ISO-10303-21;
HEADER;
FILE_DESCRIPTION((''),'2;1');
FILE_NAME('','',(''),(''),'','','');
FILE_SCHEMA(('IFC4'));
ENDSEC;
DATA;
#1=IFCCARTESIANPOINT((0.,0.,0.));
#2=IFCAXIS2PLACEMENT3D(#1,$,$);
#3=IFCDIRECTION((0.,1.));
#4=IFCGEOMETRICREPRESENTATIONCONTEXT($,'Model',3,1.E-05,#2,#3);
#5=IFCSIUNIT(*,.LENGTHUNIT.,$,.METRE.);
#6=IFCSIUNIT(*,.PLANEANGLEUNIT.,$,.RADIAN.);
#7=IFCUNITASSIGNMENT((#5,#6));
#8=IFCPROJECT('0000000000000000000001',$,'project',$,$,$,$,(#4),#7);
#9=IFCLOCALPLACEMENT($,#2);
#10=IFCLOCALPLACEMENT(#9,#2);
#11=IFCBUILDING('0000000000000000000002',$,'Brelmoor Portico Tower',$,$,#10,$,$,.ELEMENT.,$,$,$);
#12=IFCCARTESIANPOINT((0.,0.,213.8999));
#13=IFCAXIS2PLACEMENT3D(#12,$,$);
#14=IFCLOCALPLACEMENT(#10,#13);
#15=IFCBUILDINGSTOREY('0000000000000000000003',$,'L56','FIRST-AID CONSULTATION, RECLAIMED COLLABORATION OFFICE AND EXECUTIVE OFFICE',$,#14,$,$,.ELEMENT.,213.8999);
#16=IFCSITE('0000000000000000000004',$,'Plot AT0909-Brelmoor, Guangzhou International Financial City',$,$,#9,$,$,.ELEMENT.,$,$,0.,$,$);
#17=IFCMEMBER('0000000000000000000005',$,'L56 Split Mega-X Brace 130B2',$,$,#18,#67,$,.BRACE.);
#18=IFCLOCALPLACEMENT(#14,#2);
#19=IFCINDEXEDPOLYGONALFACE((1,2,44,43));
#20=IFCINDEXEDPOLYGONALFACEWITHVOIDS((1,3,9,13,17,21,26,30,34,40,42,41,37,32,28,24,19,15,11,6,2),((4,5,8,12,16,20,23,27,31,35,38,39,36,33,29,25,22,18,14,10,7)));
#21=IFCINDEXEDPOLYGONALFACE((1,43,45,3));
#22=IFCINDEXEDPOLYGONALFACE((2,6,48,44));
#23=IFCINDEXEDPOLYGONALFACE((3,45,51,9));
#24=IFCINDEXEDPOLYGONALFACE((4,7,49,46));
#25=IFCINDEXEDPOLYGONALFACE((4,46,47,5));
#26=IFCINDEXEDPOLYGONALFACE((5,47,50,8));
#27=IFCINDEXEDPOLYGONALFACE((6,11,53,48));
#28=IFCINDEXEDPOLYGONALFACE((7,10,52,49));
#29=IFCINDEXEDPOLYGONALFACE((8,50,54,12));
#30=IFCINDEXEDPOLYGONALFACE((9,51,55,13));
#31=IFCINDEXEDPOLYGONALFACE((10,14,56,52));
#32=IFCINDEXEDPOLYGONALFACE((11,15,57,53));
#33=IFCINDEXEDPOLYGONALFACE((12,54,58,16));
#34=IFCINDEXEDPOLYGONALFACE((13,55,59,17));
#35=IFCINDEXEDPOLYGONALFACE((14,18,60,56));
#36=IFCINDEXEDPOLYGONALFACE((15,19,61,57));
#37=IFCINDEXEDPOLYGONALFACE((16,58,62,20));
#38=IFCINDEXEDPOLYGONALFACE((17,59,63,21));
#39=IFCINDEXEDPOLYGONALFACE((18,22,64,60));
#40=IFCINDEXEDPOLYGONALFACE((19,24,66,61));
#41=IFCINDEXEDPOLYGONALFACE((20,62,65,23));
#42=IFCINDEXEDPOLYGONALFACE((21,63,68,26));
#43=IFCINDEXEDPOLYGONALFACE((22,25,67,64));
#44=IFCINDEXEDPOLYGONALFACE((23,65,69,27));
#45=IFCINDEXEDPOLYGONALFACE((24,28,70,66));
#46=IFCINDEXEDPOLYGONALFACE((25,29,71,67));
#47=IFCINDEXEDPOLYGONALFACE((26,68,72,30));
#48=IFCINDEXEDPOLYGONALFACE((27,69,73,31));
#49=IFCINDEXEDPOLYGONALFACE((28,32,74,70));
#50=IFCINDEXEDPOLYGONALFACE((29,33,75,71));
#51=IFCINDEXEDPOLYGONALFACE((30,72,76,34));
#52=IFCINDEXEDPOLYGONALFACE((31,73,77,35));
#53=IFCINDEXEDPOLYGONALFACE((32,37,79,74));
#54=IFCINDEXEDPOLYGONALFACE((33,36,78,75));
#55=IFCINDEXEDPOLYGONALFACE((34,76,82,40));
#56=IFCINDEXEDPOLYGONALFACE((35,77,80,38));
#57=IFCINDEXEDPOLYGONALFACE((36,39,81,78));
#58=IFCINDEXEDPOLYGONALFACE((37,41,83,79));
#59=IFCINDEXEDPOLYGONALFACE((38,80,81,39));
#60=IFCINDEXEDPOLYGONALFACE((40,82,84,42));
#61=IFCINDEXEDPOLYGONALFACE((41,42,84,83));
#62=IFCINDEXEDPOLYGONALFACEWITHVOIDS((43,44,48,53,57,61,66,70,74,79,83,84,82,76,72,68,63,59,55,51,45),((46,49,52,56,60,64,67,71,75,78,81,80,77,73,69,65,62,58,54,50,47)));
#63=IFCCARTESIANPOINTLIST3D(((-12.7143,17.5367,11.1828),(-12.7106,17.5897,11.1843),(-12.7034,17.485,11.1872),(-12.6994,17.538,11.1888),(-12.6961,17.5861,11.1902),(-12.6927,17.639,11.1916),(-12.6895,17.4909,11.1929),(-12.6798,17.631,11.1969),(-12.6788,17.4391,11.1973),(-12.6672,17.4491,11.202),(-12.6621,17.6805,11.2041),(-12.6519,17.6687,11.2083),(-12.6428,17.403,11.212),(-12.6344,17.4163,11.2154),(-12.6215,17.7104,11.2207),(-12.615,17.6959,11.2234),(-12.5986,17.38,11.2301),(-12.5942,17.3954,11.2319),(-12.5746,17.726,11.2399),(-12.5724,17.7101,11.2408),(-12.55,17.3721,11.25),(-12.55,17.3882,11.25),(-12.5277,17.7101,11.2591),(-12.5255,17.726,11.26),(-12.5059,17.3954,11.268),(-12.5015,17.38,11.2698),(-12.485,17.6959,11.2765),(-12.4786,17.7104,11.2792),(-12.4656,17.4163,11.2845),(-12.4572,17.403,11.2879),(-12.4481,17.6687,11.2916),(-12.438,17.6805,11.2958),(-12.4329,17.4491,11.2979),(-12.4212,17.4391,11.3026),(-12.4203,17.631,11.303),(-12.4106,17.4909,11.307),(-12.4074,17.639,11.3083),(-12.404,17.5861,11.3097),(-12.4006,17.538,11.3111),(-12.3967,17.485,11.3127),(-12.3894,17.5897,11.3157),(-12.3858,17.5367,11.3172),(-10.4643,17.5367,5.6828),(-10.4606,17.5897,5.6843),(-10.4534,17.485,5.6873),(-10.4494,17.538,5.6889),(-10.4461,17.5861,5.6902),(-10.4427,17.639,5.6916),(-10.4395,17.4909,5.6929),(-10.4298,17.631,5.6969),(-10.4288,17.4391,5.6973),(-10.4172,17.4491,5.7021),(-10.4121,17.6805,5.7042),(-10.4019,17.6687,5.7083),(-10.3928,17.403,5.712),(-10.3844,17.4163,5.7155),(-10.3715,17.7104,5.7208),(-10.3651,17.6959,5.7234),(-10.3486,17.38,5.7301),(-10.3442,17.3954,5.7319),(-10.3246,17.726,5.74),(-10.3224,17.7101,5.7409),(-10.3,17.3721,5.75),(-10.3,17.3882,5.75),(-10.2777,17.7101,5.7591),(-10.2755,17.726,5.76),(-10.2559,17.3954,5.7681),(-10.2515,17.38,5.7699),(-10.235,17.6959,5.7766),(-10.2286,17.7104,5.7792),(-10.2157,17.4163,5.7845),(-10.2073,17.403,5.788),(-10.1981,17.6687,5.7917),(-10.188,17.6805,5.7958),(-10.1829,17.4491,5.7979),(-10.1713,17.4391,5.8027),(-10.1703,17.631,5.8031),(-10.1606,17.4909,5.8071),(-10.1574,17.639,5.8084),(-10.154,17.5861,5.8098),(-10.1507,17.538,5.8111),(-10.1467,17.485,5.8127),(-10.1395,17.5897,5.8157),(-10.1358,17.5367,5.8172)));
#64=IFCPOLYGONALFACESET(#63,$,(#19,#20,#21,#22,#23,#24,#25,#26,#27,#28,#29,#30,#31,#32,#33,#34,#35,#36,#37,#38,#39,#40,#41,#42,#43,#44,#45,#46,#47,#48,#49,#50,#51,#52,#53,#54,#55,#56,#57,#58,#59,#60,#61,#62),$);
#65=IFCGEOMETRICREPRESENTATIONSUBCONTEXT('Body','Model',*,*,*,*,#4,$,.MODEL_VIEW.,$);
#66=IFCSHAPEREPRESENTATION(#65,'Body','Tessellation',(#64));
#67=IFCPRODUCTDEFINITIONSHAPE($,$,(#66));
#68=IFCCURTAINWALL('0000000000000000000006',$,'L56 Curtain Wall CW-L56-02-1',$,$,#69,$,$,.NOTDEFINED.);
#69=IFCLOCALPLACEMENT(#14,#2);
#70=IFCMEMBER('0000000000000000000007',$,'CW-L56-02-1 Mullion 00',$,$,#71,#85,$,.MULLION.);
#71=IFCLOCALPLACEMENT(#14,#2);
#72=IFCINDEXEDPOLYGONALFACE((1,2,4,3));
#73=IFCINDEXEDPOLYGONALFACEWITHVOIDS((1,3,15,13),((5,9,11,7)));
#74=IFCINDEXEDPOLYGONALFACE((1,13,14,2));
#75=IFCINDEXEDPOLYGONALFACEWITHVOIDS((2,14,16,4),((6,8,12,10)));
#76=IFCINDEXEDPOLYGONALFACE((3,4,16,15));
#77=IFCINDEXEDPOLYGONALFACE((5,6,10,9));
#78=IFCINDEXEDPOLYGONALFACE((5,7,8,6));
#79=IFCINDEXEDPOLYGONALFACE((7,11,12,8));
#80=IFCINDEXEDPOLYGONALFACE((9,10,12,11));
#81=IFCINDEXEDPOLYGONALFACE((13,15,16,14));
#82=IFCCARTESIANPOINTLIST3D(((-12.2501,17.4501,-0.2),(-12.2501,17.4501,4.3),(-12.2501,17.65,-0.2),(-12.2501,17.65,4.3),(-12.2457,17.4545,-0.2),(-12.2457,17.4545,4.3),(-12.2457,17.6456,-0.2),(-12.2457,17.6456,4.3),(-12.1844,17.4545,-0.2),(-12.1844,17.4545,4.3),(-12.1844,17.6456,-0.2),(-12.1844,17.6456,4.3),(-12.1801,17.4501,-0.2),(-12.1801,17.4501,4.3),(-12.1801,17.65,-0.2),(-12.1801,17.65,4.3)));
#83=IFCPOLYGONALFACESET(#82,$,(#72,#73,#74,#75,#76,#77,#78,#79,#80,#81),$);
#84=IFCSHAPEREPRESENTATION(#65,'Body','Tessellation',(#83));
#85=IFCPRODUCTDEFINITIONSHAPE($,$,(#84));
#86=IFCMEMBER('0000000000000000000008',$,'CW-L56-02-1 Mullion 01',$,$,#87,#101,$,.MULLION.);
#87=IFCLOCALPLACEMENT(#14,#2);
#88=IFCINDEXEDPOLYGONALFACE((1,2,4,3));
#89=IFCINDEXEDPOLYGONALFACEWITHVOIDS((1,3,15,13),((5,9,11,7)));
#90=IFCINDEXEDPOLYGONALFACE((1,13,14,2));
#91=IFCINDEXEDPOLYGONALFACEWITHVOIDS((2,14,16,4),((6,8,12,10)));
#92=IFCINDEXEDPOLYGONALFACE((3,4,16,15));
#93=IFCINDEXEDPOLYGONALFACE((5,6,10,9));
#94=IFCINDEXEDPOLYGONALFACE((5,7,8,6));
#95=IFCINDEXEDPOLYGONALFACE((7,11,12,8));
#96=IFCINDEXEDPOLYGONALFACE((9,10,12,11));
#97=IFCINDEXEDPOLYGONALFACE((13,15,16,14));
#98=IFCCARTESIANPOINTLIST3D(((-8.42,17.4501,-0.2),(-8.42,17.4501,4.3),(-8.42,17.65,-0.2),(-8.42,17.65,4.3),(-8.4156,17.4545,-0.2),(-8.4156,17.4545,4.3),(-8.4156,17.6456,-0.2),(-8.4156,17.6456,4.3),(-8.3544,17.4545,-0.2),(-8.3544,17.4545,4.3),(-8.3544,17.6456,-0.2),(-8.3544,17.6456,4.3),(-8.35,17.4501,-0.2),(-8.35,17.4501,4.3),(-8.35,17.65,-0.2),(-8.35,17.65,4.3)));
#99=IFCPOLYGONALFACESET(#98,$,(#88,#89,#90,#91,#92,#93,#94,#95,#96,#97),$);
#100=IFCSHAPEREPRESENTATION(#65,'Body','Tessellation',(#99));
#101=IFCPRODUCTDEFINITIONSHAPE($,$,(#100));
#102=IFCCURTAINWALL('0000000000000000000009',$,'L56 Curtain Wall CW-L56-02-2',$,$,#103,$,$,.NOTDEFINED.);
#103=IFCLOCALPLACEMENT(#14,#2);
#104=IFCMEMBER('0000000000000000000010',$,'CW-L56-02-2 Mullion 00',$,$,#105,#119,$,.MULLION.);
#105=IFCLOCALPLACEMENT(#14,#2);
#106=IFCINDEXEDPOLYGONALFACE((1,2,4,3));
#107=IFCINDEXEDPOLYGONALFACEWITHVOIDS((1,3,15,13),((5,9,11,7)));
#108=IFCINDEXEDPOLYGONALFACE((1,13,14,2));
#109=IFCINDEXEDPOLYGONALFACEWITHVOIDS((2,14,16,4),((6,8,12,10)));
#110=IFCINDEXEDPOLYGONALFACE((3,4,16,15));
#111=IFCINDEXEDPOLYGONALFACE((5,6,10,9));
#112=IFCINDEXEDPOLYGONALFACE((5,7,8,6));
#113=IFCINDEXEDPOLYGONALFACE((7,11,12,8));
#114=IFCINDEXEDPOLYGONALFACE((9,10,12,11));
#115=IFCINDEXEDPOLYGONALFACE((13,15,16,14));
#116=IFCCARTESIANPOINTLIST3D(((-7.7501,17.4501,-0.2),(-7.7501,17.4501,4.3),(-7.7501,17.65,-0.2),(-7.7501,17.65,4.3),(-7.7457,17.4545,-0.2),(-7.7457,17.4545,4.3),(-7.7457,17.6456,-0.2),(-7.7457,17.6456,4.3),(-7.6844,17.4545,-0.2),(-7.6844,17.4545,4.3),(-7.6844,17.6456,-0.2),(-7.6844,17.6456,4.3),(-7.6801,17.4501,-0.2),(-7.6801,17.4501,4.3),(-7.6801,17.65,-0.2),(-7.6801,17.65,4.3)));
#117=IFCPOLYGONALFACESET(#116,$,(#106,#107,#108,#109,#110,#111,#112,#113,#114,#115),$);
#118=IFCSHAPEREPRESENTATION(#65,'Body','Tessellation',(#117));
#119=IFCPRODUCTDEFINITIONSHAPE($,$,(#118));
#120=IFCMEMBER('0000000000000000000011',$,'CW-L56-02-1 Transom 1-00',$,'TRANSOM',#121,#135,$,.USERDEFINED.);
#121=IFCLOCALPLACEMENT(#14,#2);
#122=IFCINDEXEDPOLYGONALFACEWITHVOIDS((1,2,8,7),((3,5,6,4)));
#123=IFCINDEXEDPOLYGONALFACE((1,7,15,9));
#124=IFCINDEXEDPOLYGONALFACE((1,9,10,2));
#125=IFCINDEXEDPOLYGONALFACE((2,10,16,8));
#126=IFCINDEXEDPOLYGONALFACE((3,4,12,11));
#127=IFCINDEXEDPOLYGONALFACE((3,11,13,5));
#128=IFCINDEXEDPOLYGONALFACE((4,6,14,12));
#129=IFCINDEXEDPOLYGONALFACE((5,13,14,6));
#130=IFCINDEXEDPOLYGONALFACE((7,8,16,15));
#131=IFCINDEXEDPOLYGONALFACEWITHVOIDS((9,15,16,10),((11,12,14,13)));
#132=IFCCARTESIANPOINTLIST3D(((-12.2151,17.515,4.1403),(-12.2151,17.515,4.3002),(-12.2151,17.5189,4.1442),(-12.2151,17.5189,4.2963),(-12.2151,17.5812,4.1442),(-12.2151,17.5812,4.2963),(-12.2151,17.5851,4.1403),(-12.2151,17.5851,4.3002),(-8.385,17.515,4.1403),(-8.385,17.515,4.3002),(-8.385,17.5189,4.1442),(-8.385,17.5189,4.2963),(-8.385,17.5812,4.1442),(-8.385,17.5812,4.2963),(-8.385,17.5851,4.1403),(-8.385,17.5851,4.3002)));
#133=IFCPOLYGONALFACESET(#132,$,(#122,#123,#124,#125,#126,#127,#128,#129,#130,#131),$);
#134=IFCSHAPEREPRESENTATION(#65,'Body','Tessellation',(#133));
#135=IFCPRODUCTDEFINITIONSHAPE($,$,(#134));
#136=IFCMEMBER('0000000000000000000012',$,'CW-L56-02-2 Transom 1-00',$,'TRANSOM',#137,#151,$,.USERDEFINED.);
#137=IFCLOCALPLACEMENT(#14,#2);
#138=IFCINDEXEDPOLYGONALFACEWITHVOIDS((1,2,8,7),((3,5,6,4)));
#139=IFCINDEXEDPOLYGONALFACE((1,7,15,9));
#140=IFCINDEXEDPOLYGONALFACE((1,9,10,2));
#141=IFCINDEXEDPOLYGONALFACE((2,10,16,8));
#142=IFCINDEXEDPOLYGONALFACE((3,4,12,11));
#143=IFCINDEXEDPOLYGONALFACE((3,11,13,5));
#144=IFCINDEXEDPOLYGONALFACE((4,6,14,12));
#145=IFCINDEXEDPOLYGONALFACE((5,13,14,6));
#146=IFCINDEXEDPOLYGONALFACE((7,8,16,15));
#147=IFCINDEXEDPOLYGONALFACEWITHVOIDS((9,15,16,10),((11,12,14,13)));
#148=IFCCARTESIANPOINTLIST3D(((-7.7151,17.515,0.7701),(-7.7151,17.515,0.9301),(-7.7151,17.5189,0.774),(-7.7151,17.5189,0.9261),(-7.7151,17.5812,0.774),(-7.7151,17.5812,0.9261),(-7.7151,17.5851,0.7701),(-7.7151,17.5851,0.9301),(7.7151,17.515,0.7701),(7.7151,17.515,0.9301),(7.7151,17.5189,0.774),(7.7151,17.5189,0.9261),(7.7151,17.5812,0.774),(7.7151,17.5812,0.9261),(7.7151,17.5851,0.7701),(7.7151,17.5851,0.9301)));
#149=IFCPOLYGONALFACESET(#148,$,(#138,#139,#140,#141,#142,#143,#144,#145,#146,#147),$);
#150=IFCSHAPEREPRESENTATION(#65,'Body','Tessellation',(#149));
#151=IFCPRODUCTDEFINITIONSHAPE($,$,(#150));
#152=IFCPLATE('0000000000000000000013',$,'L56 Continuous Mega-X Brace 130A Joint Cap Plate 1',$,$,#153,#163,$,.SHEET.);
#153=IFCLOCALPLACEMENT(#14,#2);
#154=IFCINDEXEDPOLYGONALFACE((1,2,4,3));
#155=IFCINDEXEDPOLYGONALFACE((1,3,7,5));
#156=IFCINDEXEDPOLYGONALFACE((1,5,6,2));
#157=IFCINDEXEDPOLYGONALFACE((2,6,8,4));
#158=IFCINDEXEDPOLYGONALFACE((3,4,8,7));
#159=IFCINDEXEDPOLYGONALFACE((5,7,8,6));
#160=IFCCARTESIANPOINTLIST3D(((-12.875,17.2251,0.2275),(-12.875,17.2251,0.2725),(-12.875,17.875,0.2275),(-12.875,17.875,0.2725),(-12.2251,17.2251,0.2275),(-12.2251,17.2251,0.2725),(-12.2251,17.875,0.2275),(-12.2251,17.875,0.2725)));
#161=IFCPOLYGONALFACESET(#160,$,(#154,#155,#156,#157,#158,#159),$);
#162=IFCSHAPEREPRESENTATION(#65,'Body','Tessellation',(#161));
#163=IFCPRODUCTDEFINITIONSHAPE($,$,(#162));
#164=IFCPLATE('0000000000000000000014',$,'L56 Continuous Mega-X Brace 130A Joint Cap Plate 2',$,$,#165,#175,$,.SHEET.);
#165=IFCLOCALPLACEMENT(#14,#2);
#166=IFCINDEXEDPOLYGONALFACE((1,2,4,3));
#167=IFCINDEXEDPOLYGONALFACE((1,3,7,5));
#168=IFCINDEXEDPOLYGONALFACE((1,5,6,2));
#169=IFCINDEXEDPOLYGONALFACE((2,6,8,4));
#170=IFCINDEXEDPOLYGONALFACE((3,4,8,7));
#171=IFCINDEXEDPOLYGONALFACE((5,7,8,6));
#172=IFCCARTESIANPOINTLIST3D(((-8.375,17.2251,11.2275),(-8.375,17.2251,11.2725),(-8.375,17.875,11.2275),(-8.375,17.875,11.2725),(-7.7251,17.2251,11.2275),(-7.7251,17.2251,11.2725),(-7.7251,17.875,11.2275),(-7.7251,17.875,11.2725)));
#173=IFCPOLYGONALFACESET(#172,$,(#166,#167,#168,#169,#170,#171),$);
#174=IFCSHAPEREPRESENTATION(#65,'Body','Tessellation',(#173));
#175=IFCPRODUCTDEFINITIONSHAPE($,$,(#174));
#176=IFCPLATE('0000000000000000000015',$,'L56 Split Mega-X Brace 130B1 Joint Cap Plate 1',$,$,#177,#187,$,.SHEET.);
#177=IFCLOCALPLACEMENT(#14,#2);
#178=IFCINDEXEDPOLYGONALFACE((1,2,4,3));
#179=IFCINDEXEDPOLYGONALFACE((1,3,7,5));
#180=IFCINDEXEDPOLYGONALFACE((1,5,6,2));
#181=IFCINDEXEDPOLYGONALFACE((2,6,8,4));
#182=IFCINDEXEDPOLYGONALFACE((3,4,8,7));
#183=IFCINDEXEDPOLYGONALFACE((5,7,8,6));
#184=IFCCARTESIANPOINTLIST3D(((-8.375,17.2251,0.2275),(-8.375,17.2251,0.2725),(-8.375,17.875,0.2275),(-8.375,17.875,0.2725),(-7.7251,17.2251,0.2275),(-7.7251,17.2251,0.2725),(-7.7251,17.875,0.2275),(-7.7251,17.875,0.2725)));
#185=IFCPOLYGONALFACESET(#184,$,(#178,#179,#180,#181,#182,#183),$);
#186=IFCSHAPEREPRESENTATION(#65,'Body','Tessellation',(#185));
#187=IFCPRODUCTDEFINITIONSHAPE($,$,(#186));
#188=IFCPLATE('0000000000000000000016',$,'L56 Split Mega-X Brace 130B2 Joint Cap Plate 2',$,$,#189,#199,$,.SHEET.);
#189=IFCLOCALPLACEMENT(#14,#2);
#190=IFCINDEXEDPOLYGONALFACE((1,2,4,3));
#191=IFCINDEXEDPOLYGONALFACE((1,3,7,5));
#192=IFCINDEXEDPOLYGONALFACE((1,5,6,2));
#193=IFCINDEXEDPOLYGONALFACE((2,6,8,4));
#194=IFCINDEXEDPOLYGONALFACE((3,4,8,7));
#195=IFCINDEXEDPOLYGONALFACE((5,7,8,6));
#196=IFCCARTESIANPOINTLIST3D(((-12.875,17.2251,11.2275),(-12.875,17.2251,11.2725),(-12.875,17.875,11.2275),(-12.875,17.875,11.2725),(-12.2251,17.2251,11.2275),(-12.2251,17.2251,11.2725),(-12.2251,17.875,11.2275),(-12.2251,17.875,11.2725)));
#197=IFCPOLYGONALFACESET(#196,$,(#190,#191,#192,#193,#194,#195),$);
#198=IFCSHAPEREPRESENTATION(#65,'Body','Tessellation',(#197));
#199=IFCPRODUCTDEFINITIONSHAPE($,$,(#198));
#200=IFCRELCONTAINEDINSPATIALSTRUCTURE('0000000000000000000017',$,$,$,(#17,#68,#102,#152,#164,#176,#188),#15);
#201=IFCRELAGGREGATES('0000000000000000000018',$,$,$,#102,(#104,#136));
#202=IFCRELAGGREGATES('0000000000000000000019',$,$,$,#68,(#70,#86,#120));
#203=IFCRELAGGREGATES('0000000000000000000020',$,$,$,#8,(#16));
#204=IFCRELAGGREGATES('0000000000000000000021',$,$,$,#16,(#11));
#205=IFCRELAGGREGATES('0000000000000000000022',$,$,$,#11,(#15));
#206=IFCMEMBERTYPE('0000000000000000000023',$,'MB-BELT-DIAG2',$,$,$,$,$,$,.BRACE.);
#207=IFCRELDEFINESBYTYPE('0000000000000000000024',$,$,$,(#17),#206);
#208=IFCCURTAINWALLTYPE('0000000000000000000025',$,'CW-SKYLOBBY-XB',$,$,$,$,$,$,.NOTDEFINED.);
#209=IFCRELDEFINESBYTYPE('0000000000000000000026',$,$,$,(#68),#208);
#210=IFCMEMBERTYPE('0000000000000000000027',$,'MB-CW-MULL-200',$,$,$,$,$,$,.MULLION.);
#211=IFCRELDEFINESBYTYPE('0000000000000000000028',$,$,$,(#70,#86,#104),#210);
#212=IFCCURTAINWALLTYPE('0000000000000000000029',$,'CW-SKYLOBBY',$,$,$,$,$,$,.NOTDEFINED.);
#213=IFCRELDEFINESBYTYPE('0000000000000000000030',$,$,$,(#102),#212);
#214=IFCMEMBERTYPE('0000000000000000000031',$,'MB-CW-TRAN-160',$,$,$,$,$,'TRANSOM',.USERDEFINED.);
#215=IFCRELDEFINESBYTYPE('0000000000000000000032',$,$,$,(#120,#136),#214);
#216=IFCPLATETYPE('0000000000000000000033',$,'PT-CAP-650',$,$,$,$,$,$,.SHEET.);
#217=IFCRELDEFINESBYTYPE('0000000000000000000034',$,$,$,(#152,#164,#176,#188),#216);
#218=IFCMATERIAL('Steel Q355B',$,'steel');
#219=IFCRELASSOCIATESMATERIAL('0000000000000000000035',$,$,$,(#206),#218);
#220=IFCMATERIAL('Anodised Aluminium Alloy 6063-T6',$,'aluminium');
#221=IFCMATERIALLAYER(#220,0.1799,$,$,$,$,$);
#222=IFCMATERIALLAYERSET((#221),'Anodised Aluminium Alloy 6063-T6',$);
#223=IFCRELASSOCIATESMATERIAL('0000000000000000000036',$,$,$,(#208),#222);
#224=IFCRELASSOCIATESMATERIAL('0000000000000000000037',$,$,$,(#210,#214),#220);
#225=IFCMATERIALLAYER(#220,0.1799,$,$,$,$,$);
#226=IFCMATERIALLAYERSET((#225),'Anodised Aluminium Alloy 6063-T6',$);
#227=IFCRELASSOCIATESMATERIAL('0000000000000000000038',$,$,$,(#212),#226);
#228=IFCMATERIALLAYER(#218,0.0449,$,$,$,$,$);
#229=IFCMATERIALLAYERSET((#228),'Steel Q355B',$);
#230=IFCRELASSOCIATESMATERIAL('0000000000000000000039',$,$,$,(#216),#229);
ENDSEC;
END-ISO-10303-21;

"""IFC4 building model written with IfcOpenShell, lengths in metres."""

from ifc_helpers import new_model, si_unit, direction, frame, origin, origin_2d, place, context, subcontext, project, spatial, rectangle, hollow_rectangle, hollow_circle, extrude, material, layer, layer_set, material_profile, profile_set, type_object, element, aggregate, save


model = new_model("IFC4")

# Units and contexts
model_context = context("Model", 3, precision=1e-05, world=origin(), true_north=direction((0.0, 1.0)))
body_context = subcontext(model_context, "Body", "Model", "MODEL_VIEW")
ifc_project = project(units=[si_unit("LENGTHUNIT", "METRE"), si_unit("PLANEANGLEUNIT", "RADIAN")], contexts=[model_context])

# Site, building, storey
site_placement = place(None, origin())
site = spatial("IfcSite", under=ifc_project, at=site_placement, Name="Plot AT0909-Brelmoor, Guangzhou International Financial City", CompositionType="ELEMENT", RefElevation=0.0)
building_placement = place(site_placement, origin())
building = spatial("IfcBuilding", under=site, at=building_placement, Name="Brelmoor Portico Tower", CompositionType="ELEMENT")
storey_placement = place(building_placement, frame((0.0, 0.0, 213.8999)))
storey = spatial("IfcBuildingStorey", under=building, at=storey_placement, Name="L56", Description="FIRST-AID CONSULTATION, RECLAIMED COLLABORATION OFFICE AND EXECUTIVE OFFICE", CompositionType="ELEMENT", Elevation=213.8999)

# Shared definitions
ifc_material_1 = material(Name="Steel Q355B", Category="steel")

# Member
ifc_material_profile_1 = material_profile(ifc_material_1, hollow_circle(Radius=0.178, WallThickness=0.0161, at=origin_2d()), Name="CHS 356x16")
ifc_profile_set_1 = profile_set([ifc_material_profile_1], Name="Steel Q355B")
member_type_1 = type_object("IfcMemberType", Name="MB-BELT-DIAG2", PredefinedType="BRACE", material=ifc_profile_set_1)
for number, where, z_axis, x_axis, name in (
    (1, (-10.3, 17.55, 5.75), (-0.378633, 0.0, 0.925547), (0.0, -1.0, 0.0), "L56 Split Mega-X Brace 130B2"),
):
    element("IfcMember", number, at=place(storey_placement, frame(where, z_axis=z_axis, x_axis=x_axis)), inside=storey, type_object=member_type_1, Name=name, PredefinedType="BRACE", context=body_context, shape_type="SweptSolid", body=[
        extrude(hollow_circle(Radius=0.178, WallThickness=0.0161, at=origin_2d()), origin(), (0.0, 0.0, 1.0), 5.9424),
    ])

# Curtain wall, members
ifc_material_2 = material(Name="Anodised Aluminium Alloy 6063-T6", Category="aluminium")
ifc_layer_1 = layer(ifc_material_2, 0.1799)
ifc_layer_set_1 = layer_set([ifc_layer_1], Name="Anodised Aluminium Alloy 6063-T6")
curtain_wall_type_1 = type_object("IfcCurtainWallType", Name="CW-SKYLOBBY-XB", PredefinedType="NOTDEFINED", material=ifc_layer_set_1)
curtain_wall_1_placement = place(storey_placement, origin())
curtain_wall_1 = element("IfcCurtainWall", 2, at=curtain_wall_1_placement, inside=storey, type_object=curtain_wall_type_1, Name="L56 Curtain Wall CW-L56-02-1", PredefinedType="NOTDEFINED")
ifc_material_profile_2 = material_profile(ifc_material_2, hollow_rectangle(XDim=0.0701, YDim=0.2, WallThickness=0.0044, at=origin_2d()), Name="ALU MULLION 70x200")
ifc_profile_set_2 = profile_set([ifc_material_profile_2], Name="Anodised Aluminium Alloy 6063-T6")
member_type_2 = type_object("IfcMemberType", Name="MB-CW-MULL-200", PredefinedType="MULLION", material=ifc_profile_set_2)
member_1_placement = place(storey_placement, frame((-12.2151, 17.55, -0.2), z_axis=(0.0, 0.0, 1.0), x_axis=(1.0, 0.0, 0.0)))
member_1 = element("IfcMember", 3, at=member_1_placement, type_object=member_type_2, Name="CW-L56-02-1 Mullion 00", PredefinedType="MULLION", context=body_context, shape_type="SweptSolid", body=[
    extrude(hollow_rectangle(XDim=0.0701, YDim=0.2, WallThickness=0.0044, at=origin_2d()), origin(), (0.0, 0.0, 1.0), 4.5),
])
member_2_placement = place(storey_placement, frame((-8.385, 17.55, -0.2), z_axis=(0.0, 0.0, 1.0), x_axis=(1.0, 0.0, 0.0)))
member_2 = element("IfcMember", 4, at=member_2_placement, type_object=member_type_2, Name="CW-L56-02-1 Mullion 01", PredefinedType="MULLION", context=body_context, shape_type="SweptSolid", body=[
    extrude(hollow_rectangle(XDim=0.0701, YDim=0.2, WallThickness=0.0044, at=origin_2d()), origin(), (0.0, 0.0, 1.0), 4.5),
])

# Curtain wall, member
ifc_layer_2 = layer(ifc_material_2, 0.1799)
ifc_layer_set_2 = layer_set([ifc_layer_2], Name="Anodised Aluminium Alloy 6063-T6")
curtain_wall_type_2 = type_object("IfcCurtainWallType", Name="CW-SKYLOBBY", PredefinedType="NOTDEFINED", material=ifc_layer_set_2)
curtain_wall_2_placement = place(storey_placement, origin())
curtain_wall_2 = element("IfcCurtainWall", 5, at=curtain_wall_2_placement, inside=storey, type_object=curtain_wall_type_2, Name="L56 Curtain Wall CW-L56-02-2", PredefinedType="NOTDEFINED")
member_3_placement = place(storey_placement, frame((-7.7151, 17.55, -0.2), z_axis=(0.0, 0.0, 1.0), x_axis=(1.0, 0.0, 0.0)))
member_3 = element("IfcMember", 6, at=member_3_placement, type_object=member_type_2, Name="CW-L56-02-2 Mullion 00", PredefinedType="MULLION", context=body_context, shape_type="SweptSolid", body=[
    extrude(hollow_rectangle(XDim=0.0701, YDim=0.2, WallThickness=0.0044, at=origin_2d()), origin(), (0.0, 0.0, 1.0), 4.5),
])

# Members
ifc_material_profile_3 = material_profile(ifc_material_2, hollow_rectangle(XDim=0.0701, YDim=0.1599, WallThickness=0.0039, at=origin_2d()), Name="ALU TRANSOM 70x160")
ifc_profile_set_3 = profile_set([ifc_material_profile_3], Name="Anodised Aluminium Alloy 6063-T6")
member_type_3 = type_object("IfcMemberType", Name="MB-CW-TRAN-160", ElementType="TRANSOM", PredefinedType="USERDEFINED", material=ifc_profile_set_3)
member_4_placement = place(storey_placement, frame((-12.2151, 17.55, 4.2202), z_axis=(1.0, 0.0, 0.0), x_axis=(0.0, 1.0, 0.0)))
member_4 = element("IfcMember", 7, at=member_4_placement, type_object=member_type_3, Name="CW-L56-02-1 Transom 1-00", ObjectType="TRANSOM", PredefinedType="USERDEFINED", context=body_context, shape_type="SweptSolid", body=[
    extrude(hollow_rectangle(XDim=0.0701, YDim=0.1599, WallThickness=0.0039, at=origin_2d()), origin(), (0.0, 0.0, 1.0), 3.8301),
])
member_5_placement = place(storey_placement, frame((-7.7151, 17.55, 0.8501), z_axis=(1.0, 0.0, 0.0), x_axis=(0.0, 1.0, 0.0)))
member_5 = element("IfcMember", 8, at=member_5_placement, type_object=member_type_3, Name="CW-L56-02-2 Transom 1-00", ObjectType="TRANSOM", PredefinedType="USERDEFINED", context=body_context, shape_type="SweptSolid", body=[
    extrude(hollow_rectangle(XDim=0.0701, YDim=0.1599, WallThickness=0.0039, at=origin_2d()), origin(), (0.0, 0.0, 1.0), 15.4302),
])
aggregate(curtain_wall_2, [member_3, member_5])

# Plates
ifc_layer_3 = layer(ifc_material_1, 0.0449)
ifc_layer_set_3 = layer_set([ifc_layer_3], Name="Steel Q355B")
plate_type_1 = type_object("IfcPlateType", Name="PT-CAP-650", PredefinedType="SHEET", material=ifc_layer_set_3)
for number, where, z_axis, x_axis, name in (
    (9, (-12.55, 17.55, 0.2275), (0.0, 0.0, 1.0), (1.0, 0.0, 0.0), "L56 Continuous Mega-X Brace 130A Joint Cap Plate 1"),
    (10, (-8.05, 17.55, 11.2275), (0.0, 0.0, 1.0), (1.0, 0.0, 0.0), "L56 Continuous Mega-X Brace 130A Joint Cap Plate 2"),
    (11, (-8.05, 17.55, 0.2275), (0.0, 0.0, 1.0), (1.0, 0.0, 0.0), "L56 Split Mega-X Brace 130B1 Joint Cap Plate 1"),
    (12, (-12.55, 17.55, 11.2275), (0.0, 0.0, 1.0), (1.0, 0.0, 0.0), "L56 Split Mega-X Brace 130B2 Joint Cap Plate 2"),
):
    element("IfcPlate", number, at=place(storey_placement, frame(where, z_axis=z_axis, x_axis=x_axis)), inside=storey, type_object=plate_type_1, Name=name, PredefinedType="SHEET", context=body_context, shape_type="SweptSolid", body=[
        extrude(rectangle(XDim=0.6499, YDim=0.6499, at=origin_2d()), origin(), (0.0, 0.0, 1.0), 0.0449),
    ])

aggregate(curtain_wall_1, [member_1, member_2, member_4])

save(model, "model.ifc")
